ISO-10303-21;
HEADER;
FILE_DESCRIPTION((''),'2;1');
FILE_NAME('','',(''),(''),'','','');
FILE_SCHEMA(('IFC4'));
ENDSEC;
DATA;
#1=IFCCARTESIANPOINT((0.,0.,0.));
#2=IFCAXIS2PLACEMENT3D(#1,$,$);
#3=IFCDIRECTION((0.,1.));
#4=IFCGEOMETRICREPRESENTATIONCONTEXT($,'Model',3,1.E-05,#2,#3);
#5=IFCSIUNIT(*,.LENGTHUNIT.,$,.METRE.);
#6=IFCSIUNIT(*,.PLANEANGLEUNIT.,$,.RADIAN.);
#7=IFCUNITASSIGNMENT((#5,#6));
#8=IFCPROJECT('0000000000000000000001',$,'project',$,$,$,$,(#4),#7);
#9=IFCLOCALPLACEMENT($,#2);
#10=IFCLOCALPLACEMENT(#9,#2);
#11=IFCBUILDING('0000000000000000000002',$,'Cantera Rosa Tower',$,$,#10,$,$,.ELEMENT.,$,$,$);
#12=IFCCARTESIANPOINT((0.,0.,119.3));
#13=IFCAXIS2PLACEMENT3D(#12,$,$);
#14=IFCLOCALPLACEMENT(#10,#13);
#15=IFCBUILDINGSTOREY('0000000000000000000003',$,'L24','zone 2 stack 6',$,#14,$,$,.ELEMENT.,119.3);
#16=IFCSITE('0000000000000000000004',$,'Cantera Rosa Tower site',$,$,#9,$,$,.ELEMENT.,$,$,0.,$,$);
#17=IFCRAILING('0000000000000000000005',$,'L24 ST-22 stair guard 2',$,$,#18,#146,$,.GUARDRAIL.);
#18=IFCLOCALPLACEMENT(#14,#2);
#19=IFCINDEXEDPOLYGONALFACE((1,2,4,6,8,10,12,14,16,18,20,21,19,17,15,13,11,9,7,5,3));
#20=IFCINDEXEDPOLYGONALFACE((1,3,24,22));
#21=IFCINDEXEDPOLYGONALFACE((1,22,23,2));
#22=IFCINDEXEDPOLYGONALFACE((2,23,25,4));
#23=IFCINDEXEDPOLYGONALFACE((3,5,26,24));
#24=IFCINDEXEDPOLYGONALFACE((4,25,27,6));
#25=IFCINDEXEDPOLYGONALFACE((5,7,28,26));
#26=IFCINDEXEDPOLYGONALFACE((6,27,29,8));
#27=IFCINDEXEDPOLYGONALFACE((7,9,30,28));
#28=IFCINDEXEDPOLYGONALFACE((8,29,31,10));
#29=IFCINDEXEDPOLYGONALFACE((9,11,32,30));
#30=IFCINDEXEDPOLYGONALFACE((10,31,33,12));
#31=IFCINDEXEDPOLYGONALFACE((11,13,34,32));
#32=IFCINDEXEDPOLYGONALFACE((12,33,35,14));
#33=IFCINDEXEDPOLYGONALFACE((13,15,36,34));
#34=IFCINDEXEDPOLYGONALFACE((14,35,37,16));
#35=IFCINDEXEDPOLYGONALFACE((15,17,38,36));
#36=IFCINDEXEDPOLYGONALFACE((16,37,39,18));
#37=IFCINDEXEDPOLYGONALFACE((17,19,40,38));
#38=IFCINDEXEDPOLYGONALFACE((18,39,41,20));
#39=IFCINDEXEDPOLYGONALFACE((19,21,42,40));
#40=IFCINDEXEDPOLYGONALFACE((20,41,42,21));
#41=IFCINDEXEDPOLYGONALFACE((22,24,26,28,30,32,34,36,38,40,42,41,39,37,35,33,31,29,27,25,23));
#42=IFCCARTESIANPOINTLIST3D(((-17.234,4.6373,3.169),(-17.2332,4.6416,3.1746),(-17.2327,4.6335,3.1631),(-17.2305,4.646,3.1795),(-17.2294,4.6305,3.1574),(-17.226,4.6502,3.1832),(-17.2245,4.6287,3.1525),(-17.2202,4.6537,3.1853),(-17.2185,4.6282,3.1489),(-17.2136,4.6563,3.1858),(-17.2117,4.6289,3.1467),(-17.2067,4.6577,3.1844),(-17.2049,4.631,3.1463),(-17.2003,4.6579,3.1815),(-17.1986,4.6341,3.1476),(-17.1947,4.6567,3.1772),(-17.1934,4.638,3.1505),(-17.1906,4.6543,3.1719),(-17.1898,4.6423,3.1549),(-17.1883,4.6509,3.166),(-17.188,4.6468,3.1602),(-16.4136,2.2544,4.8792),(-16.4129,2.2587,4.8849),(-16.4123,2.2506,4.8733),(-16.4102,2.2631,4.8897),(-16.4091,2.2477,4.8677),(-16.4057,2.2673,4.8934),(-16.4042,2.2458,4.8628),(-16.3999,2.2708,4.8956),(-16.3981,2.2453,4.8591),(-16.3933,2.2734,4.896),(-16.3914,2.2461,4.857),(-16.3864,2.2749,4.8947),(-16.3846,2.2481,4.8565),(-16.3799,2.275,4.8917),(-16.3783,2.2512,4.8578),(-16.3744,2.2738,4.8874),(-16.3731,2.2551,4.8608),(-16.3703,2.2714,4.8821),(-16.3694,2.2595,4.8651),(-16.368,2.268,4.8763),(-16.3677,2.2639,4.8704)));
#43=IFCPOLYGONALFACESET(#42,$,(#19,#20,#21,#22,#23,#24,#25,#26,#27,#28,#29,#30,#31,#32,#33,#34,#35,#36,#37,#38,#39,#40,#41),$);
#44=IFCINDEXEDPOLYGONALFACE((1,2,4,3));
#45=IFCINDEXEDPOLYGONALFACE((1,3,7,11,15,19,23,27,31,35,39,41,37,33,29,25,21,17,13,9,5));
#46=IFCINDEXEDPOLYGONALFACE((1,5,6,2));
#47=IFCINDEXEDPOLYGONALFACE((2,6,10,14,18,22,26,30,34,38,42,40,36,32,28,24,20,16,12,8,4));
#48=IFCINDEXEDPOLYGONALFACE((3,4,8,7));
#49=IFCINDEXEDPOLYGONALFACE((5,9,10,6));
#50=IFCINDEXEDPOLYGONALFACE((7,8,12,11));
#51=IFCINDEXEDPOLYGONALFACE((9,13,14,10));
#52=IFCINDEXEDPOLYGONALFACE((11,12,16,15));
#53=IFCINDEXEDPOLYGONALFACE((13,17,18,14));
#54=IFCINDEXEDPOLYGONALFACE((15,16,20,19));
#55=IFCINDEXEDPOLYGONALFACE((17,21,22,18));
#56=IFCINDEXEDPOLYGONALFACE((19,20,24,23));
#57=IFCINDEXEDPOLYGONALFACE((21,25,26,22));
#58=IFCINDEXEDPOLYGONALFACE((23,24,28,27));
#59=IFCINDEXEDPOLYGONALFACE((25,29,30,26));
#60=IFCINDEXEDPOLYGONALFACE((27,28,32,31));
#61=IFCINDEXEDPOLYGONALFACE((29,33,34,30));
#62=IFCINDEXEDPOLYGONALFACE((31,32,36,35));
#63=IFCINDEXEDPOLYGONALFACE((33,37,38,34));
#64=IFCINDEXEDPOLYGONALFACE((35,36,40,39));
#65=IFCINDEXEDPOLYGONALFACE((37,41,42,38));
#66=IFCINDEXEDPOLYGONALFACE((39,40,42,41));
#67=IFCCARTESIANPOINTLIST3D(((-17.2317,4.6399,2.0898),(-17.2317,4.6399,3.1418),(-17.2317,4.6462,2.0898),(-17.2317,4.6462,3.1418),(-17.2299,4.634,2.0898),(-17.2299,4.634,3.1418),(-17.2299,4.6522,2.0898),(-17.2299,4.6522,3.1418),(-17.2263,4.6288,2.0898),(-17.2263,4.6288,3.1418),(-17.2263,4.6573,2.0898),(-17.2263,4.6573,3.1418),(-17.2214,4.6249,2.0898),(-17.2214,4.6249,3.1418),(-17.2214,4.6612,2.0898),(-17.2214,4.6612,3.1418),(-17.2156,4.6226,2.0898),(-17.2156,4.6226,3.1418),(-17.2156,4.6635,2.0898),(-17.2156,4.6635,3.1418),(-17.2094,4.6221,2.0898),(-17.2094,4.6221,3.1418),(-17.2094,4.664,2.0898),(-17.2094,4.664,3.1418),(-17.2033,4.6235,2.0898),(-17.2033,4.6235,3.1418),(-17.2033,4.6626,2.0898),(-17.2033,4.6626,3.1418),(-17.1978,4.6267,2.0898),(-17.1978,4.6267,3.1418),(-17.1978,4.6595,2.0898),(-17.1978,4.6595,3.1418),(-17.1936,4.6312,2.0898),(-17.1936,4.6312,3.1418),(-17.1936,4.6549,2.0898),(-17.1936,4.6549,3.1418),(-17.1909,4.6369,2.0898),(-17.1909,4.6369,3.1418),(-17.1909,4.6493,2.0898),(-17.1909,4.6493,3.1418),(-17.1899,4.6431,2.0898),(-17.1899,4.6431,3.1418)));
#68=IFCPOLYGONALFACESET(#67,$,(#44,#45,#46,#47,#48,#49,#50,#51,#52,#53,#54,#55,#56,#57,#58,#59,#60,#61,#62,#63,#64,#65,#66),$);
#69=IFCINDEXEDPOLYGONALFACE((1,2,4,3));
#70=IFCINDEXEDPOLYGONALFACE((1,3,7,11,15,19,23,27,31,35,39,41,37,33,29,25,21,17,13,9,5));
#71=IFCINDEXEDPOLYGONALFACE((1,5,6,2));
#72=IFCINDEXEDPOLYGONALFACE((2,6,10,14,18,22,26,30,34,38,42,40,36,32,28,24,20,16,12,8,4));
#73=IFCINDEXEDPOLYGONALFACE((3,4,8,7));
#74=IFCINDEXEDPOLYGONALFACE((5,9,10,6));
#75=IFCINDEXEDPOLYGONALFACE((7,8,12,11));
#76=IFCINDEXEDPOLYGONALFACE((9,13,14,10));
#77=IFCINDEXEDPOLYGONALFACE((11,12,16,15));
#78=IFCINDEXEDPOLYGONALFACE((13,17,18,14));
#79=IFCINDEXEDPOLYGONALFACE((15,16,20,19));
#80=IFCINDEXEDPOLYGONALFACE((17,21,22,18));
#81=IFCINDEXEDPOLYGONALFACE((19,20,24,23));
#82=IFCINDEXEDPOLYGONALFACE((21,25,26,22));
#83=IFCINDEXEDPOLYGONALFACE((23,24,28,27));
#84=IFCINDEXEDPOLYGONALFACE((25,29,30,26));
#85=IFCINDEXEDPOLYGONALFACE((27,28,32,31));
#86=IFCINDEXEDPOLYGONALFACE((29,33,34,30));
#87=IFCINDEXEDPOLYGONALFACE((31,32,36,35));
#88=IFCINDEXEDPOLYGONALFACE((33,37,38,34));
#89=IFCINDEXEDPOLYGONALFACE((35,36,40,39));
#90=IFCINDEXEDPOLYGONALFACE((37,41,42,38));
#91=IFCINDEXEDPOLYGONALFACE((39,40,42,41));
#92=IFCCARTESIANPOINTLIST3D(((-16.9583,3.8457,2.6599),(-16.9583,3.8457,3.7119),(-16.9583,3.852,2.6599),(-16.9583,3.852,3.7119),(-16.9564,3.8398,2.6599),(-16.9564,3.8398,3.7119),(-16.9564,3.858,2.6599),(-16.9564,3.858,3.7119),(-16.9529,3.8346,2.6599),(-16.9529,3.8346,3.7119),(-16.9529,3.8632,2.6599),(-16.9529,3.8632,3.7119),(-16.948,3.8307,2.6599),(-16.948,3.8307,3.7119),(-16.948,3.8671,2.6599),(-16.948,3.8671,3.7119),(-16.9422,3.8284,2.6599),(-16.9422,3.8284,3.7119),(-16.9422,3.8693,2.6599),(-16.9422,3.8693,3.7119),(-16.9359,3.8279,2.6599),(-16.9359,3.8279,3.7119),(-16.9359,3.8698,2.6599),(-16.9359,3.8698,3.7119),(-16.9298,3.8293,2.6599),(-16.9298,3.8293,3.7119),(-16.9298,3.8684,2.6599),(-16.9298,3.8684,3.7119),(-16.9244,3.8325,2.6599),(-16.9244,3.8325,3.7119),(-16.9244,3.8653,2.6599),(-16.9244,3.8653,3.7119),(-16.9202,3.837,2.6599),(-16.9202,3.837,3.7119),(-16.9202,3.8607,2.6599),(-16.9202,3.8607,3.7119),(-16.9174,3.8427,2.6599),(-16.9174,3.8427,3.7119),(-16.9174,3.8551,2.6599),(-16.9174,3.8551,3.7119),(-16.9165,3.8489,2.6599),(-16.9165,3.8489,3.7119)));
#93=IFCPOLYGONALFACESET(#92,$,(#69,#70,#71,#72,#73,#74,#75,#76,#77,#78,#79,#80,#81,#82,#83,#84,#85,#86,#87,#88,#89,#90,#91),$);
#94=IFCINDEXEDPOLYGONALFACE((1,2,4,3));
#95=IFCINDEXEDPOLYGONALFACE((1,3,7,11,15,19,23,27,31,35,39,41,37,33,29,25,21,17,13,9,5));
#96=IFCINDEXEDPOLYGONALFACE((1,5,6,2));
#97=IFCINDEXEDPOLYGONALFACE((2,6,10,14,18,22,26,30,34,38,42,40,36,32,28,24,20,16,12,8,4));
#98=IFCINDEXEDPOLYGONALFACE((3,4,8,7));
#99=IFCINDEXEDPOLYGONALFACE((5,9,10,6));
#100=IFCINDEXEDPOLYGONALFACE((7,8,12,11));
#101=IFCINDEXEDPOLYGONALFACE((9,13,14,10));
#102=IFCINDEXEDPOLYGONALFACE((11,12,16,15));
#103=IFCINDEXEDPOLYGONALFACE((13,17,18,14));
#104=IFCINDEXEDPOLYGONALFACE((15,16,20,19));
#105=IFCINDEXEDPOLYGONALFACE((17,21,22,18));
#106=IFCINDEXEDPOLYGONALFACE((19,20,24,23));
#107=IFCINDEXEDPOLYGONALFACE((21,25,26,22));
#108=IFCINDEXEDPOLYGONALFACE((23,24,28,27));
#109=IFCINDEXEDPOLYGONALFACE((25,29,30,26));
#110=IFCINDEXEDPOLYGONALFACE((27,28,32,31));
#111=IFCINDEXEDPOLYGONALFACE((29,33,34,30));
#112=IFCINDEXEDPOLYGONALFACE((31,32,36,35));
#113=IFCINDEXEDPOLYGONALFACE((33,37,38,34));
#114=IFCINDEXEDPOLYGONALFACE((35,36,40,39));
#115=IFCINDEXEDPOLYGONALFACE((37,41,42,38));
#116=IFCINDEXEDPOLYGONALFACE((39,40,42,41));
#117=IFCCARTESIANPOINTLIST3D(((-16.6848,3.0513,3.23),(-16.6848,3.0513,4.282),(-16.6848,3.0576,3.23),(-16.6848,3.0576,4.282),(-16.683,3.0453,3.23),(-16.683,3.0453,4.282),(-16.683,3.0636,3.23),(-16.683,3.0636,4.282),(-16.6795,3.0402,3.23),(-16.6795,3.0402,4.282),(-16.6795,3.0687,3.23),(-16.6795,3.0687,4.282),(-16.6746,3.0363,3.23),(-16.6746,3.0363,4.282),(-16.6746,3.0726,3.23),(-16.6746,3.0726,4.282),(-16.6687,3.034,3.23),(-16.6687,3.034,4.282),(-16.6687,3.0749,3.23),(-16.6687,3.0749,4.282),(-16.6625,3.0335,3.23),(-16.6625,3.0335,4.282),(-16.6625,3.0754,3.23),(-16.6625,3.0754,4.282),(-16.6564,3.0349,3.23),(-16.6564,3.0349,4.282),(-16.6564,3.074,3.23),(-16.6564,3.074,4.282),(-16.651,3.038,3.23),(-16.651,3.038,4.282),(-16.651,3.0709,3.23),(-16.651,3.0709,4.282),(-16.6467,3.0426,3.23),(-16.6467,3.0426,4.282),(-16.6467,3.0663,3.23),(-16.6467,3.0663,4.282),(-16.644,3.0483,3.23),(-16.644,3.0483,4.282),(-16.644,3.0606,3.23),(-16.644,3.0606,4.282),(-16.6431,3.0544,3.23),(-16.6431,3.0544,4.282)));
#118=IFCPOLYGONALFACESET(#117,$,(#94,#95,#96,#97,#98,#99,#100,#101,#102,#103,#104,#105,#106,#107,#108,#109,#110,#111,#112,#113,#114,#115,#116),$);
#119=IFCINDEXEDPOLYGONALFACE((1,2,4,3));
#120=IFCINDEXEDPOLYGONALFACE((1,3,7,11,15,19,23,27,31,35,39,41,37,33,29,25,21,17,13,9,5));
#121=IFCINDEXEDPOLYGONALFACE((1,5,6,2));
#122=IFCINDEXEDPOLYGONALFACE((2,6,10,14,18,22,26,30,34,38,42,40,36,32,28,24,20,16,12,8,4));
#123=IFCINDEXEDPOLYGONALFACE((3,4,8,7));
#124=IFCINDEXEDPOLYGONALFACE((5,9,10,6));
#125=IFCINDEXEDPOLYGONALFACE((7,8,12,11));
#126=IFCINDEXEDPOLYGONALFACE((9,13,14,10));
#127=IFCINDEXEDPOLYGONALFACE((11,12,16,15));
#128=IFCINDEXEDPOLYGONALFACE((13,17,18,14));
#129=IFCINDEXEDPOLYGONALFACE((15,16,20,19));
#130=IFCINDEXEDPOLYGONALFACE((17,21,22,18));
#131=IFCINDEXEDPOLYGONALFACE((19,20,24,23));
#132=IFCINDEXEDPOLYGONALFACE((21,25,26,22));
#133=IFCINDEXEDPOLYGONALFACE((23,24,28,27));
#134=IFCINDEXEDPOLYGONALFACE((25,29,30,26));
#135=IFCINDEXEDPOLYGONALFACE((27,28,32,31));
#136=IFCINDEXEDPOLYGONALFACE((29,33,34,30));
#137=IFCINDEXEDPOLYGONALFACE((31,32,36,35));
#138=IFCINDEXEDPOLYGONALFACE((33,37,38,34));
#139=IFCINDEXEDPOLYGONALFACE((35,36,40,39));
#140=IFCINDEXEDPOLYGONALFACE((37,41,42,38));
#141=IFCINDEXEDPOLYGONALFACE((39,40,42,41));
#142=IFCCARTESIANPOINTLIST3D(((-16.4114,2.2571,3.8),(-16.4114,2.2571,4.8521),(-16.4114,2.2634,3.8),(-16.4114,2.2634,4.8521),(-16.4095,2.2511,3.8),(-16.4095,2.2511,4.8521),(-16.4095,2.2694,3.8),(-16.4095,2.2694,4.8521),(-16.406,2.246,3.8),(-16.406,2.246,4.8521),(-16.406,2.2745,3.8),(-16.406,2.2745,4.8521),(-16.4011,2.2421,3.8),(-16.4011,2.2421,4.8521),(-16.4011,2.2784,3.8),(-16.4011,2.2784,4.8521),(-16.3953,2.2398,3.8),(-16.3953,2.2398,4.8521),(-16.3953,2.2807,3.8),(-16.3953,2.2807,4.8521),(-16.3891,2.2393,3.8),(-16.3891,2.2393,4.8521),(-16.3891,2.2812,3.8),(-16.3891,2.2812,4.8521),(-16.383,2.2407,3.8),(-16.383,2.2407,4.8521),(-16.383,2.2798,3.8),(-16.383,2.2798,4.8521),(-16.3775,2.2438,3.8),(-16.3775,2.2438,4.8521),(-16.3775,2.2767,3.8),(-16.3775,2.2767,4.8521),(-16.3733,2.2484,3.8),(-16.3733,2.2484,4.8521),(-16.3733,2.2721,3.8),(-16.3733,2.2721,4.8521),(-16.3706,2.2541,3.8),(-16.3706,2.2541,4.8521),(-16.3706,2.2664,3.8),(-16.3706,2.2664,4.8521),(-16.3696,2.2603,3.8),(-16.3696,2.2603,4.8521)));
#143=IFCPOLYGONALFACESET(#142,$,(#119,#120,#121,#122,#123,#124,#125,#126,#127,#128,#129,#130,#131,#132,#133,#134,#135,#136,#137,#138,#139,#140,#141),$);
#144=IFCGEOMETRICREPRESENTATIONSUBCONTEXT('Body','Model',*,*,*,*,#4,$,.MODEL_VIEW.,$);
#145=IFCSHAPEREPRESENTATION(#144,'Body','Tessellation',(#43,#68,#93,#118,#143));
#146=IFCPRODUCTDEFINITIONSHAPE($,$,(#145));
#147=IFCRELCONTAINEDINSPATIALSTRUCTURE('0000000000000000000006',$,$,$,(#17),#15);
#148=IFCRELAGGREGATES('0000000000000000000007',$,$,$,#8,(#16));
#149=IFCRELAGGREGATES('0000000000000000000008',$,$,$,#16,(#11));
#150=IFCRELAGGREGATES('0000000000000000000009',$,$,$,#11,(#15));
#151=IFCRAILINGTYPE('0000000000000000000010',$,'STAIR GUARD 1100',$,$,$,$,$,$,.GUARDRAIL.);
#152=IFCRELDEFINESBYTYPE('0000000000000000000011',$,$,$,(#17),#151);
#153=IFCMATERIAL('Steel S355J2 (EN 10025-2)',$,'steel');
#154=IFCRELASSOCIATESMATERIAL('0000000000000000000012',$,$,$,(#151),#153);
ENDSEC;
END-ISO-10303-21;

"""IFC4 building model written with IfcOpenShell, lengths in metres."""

from ifc_helpers import new_model, si_unit, direction, frame, origin, origin_2d, place, context, subcontext, project, spatial, circle, extrude, material, type_object, element, save


model = new_model("IFC4")

# Units and contexts
model_context = context("Model", 3, precision=1e-05, world=origin(), true_north=direction((0.0, 1.0)))
body_context = subcontext(model_context, "Body", "Model", "MODEL_VIEW")
ifc_project = project(units=[si_unit("LENGTHUNIT", "METRE"), si_unit("PLANEANGLEUNIT", "RADIAN")], contexts=[model_context])

# Site, building, storey
site_placement = place(None, origin())
site = spatial("IfcSite", under=ifc_project, at=site_placement, Name="Cantera Rosa Tower site", CompositionType="ELEMENT", RefElevation=0.0)
building_placement = place(site_placement, origin())
building = spatial("IfcBuilding", under=site, at=building_placement, Name="Cantera Rosa Tower", CompositionType="ELEMENT")
storey_placement = place(building_placement, frame((0.0, 0.0, 119.3)))
storey = spatial("IfcBuildingStorey", under=building, at=storey_placement, Name="L24", Description="zone 2 stack 6", CompositionType="ELEMENT", Elevation=119.3)

# Railing
ifc_material_1 = material(Name="Steel S355J2 (EN 10025-2)", Category="steel")
railing_type_1 = type_object("IfcRailingType", Name="STAIR GUARD 1100", PredefinedType="GUARDRAIL", material=ifc_material_1)
railing_1_placement = place(storey_placement, frame((-17.2109, 4.6431, 2.0898)))
element("IfcRailing", 1, at=railing_1_placement, inside=storey, type_object=railing_type_1, Name="L24 ST-22 stair guard 2", PredefinedType="GUARDRAIL", context=body_context, shape_type="SweptSolid", body=[
    extrude(circle(Radius=0.0239, at=origin_2d()), frame((0.0, 0.0, 1.0762), z_axis=(0.269346, -0.782386, 0.561538), x_axis=(0.945538, 0.325513, 0.0)), (0.0, 0.0, 1.0), 3.0457),
    extrude(circle(Radius=0.021, at=origin_2d()), origin(), (0.0, 0.0, 1.0), 1.052),
    extrude(circle(Radius=0.021, at=origin_2d()), frame((0.2734, -0.7942, 0.5701)), (0.0, 0.0, 1.0), 1.052),
    extrude(circle(Radius=0.021, at=origin_2d()), frame((0.5469, -1.5886, 1.1401)), (0.0, 0.0, 1.0), 1.052),
    extrude(circle(Radius=0.021, at=origin_2d()), frame((0.8203, -2.3828, 1.7102)), (0.0, 0.0, 1.0), 1.052),
])

save(model, "model.ifc")
